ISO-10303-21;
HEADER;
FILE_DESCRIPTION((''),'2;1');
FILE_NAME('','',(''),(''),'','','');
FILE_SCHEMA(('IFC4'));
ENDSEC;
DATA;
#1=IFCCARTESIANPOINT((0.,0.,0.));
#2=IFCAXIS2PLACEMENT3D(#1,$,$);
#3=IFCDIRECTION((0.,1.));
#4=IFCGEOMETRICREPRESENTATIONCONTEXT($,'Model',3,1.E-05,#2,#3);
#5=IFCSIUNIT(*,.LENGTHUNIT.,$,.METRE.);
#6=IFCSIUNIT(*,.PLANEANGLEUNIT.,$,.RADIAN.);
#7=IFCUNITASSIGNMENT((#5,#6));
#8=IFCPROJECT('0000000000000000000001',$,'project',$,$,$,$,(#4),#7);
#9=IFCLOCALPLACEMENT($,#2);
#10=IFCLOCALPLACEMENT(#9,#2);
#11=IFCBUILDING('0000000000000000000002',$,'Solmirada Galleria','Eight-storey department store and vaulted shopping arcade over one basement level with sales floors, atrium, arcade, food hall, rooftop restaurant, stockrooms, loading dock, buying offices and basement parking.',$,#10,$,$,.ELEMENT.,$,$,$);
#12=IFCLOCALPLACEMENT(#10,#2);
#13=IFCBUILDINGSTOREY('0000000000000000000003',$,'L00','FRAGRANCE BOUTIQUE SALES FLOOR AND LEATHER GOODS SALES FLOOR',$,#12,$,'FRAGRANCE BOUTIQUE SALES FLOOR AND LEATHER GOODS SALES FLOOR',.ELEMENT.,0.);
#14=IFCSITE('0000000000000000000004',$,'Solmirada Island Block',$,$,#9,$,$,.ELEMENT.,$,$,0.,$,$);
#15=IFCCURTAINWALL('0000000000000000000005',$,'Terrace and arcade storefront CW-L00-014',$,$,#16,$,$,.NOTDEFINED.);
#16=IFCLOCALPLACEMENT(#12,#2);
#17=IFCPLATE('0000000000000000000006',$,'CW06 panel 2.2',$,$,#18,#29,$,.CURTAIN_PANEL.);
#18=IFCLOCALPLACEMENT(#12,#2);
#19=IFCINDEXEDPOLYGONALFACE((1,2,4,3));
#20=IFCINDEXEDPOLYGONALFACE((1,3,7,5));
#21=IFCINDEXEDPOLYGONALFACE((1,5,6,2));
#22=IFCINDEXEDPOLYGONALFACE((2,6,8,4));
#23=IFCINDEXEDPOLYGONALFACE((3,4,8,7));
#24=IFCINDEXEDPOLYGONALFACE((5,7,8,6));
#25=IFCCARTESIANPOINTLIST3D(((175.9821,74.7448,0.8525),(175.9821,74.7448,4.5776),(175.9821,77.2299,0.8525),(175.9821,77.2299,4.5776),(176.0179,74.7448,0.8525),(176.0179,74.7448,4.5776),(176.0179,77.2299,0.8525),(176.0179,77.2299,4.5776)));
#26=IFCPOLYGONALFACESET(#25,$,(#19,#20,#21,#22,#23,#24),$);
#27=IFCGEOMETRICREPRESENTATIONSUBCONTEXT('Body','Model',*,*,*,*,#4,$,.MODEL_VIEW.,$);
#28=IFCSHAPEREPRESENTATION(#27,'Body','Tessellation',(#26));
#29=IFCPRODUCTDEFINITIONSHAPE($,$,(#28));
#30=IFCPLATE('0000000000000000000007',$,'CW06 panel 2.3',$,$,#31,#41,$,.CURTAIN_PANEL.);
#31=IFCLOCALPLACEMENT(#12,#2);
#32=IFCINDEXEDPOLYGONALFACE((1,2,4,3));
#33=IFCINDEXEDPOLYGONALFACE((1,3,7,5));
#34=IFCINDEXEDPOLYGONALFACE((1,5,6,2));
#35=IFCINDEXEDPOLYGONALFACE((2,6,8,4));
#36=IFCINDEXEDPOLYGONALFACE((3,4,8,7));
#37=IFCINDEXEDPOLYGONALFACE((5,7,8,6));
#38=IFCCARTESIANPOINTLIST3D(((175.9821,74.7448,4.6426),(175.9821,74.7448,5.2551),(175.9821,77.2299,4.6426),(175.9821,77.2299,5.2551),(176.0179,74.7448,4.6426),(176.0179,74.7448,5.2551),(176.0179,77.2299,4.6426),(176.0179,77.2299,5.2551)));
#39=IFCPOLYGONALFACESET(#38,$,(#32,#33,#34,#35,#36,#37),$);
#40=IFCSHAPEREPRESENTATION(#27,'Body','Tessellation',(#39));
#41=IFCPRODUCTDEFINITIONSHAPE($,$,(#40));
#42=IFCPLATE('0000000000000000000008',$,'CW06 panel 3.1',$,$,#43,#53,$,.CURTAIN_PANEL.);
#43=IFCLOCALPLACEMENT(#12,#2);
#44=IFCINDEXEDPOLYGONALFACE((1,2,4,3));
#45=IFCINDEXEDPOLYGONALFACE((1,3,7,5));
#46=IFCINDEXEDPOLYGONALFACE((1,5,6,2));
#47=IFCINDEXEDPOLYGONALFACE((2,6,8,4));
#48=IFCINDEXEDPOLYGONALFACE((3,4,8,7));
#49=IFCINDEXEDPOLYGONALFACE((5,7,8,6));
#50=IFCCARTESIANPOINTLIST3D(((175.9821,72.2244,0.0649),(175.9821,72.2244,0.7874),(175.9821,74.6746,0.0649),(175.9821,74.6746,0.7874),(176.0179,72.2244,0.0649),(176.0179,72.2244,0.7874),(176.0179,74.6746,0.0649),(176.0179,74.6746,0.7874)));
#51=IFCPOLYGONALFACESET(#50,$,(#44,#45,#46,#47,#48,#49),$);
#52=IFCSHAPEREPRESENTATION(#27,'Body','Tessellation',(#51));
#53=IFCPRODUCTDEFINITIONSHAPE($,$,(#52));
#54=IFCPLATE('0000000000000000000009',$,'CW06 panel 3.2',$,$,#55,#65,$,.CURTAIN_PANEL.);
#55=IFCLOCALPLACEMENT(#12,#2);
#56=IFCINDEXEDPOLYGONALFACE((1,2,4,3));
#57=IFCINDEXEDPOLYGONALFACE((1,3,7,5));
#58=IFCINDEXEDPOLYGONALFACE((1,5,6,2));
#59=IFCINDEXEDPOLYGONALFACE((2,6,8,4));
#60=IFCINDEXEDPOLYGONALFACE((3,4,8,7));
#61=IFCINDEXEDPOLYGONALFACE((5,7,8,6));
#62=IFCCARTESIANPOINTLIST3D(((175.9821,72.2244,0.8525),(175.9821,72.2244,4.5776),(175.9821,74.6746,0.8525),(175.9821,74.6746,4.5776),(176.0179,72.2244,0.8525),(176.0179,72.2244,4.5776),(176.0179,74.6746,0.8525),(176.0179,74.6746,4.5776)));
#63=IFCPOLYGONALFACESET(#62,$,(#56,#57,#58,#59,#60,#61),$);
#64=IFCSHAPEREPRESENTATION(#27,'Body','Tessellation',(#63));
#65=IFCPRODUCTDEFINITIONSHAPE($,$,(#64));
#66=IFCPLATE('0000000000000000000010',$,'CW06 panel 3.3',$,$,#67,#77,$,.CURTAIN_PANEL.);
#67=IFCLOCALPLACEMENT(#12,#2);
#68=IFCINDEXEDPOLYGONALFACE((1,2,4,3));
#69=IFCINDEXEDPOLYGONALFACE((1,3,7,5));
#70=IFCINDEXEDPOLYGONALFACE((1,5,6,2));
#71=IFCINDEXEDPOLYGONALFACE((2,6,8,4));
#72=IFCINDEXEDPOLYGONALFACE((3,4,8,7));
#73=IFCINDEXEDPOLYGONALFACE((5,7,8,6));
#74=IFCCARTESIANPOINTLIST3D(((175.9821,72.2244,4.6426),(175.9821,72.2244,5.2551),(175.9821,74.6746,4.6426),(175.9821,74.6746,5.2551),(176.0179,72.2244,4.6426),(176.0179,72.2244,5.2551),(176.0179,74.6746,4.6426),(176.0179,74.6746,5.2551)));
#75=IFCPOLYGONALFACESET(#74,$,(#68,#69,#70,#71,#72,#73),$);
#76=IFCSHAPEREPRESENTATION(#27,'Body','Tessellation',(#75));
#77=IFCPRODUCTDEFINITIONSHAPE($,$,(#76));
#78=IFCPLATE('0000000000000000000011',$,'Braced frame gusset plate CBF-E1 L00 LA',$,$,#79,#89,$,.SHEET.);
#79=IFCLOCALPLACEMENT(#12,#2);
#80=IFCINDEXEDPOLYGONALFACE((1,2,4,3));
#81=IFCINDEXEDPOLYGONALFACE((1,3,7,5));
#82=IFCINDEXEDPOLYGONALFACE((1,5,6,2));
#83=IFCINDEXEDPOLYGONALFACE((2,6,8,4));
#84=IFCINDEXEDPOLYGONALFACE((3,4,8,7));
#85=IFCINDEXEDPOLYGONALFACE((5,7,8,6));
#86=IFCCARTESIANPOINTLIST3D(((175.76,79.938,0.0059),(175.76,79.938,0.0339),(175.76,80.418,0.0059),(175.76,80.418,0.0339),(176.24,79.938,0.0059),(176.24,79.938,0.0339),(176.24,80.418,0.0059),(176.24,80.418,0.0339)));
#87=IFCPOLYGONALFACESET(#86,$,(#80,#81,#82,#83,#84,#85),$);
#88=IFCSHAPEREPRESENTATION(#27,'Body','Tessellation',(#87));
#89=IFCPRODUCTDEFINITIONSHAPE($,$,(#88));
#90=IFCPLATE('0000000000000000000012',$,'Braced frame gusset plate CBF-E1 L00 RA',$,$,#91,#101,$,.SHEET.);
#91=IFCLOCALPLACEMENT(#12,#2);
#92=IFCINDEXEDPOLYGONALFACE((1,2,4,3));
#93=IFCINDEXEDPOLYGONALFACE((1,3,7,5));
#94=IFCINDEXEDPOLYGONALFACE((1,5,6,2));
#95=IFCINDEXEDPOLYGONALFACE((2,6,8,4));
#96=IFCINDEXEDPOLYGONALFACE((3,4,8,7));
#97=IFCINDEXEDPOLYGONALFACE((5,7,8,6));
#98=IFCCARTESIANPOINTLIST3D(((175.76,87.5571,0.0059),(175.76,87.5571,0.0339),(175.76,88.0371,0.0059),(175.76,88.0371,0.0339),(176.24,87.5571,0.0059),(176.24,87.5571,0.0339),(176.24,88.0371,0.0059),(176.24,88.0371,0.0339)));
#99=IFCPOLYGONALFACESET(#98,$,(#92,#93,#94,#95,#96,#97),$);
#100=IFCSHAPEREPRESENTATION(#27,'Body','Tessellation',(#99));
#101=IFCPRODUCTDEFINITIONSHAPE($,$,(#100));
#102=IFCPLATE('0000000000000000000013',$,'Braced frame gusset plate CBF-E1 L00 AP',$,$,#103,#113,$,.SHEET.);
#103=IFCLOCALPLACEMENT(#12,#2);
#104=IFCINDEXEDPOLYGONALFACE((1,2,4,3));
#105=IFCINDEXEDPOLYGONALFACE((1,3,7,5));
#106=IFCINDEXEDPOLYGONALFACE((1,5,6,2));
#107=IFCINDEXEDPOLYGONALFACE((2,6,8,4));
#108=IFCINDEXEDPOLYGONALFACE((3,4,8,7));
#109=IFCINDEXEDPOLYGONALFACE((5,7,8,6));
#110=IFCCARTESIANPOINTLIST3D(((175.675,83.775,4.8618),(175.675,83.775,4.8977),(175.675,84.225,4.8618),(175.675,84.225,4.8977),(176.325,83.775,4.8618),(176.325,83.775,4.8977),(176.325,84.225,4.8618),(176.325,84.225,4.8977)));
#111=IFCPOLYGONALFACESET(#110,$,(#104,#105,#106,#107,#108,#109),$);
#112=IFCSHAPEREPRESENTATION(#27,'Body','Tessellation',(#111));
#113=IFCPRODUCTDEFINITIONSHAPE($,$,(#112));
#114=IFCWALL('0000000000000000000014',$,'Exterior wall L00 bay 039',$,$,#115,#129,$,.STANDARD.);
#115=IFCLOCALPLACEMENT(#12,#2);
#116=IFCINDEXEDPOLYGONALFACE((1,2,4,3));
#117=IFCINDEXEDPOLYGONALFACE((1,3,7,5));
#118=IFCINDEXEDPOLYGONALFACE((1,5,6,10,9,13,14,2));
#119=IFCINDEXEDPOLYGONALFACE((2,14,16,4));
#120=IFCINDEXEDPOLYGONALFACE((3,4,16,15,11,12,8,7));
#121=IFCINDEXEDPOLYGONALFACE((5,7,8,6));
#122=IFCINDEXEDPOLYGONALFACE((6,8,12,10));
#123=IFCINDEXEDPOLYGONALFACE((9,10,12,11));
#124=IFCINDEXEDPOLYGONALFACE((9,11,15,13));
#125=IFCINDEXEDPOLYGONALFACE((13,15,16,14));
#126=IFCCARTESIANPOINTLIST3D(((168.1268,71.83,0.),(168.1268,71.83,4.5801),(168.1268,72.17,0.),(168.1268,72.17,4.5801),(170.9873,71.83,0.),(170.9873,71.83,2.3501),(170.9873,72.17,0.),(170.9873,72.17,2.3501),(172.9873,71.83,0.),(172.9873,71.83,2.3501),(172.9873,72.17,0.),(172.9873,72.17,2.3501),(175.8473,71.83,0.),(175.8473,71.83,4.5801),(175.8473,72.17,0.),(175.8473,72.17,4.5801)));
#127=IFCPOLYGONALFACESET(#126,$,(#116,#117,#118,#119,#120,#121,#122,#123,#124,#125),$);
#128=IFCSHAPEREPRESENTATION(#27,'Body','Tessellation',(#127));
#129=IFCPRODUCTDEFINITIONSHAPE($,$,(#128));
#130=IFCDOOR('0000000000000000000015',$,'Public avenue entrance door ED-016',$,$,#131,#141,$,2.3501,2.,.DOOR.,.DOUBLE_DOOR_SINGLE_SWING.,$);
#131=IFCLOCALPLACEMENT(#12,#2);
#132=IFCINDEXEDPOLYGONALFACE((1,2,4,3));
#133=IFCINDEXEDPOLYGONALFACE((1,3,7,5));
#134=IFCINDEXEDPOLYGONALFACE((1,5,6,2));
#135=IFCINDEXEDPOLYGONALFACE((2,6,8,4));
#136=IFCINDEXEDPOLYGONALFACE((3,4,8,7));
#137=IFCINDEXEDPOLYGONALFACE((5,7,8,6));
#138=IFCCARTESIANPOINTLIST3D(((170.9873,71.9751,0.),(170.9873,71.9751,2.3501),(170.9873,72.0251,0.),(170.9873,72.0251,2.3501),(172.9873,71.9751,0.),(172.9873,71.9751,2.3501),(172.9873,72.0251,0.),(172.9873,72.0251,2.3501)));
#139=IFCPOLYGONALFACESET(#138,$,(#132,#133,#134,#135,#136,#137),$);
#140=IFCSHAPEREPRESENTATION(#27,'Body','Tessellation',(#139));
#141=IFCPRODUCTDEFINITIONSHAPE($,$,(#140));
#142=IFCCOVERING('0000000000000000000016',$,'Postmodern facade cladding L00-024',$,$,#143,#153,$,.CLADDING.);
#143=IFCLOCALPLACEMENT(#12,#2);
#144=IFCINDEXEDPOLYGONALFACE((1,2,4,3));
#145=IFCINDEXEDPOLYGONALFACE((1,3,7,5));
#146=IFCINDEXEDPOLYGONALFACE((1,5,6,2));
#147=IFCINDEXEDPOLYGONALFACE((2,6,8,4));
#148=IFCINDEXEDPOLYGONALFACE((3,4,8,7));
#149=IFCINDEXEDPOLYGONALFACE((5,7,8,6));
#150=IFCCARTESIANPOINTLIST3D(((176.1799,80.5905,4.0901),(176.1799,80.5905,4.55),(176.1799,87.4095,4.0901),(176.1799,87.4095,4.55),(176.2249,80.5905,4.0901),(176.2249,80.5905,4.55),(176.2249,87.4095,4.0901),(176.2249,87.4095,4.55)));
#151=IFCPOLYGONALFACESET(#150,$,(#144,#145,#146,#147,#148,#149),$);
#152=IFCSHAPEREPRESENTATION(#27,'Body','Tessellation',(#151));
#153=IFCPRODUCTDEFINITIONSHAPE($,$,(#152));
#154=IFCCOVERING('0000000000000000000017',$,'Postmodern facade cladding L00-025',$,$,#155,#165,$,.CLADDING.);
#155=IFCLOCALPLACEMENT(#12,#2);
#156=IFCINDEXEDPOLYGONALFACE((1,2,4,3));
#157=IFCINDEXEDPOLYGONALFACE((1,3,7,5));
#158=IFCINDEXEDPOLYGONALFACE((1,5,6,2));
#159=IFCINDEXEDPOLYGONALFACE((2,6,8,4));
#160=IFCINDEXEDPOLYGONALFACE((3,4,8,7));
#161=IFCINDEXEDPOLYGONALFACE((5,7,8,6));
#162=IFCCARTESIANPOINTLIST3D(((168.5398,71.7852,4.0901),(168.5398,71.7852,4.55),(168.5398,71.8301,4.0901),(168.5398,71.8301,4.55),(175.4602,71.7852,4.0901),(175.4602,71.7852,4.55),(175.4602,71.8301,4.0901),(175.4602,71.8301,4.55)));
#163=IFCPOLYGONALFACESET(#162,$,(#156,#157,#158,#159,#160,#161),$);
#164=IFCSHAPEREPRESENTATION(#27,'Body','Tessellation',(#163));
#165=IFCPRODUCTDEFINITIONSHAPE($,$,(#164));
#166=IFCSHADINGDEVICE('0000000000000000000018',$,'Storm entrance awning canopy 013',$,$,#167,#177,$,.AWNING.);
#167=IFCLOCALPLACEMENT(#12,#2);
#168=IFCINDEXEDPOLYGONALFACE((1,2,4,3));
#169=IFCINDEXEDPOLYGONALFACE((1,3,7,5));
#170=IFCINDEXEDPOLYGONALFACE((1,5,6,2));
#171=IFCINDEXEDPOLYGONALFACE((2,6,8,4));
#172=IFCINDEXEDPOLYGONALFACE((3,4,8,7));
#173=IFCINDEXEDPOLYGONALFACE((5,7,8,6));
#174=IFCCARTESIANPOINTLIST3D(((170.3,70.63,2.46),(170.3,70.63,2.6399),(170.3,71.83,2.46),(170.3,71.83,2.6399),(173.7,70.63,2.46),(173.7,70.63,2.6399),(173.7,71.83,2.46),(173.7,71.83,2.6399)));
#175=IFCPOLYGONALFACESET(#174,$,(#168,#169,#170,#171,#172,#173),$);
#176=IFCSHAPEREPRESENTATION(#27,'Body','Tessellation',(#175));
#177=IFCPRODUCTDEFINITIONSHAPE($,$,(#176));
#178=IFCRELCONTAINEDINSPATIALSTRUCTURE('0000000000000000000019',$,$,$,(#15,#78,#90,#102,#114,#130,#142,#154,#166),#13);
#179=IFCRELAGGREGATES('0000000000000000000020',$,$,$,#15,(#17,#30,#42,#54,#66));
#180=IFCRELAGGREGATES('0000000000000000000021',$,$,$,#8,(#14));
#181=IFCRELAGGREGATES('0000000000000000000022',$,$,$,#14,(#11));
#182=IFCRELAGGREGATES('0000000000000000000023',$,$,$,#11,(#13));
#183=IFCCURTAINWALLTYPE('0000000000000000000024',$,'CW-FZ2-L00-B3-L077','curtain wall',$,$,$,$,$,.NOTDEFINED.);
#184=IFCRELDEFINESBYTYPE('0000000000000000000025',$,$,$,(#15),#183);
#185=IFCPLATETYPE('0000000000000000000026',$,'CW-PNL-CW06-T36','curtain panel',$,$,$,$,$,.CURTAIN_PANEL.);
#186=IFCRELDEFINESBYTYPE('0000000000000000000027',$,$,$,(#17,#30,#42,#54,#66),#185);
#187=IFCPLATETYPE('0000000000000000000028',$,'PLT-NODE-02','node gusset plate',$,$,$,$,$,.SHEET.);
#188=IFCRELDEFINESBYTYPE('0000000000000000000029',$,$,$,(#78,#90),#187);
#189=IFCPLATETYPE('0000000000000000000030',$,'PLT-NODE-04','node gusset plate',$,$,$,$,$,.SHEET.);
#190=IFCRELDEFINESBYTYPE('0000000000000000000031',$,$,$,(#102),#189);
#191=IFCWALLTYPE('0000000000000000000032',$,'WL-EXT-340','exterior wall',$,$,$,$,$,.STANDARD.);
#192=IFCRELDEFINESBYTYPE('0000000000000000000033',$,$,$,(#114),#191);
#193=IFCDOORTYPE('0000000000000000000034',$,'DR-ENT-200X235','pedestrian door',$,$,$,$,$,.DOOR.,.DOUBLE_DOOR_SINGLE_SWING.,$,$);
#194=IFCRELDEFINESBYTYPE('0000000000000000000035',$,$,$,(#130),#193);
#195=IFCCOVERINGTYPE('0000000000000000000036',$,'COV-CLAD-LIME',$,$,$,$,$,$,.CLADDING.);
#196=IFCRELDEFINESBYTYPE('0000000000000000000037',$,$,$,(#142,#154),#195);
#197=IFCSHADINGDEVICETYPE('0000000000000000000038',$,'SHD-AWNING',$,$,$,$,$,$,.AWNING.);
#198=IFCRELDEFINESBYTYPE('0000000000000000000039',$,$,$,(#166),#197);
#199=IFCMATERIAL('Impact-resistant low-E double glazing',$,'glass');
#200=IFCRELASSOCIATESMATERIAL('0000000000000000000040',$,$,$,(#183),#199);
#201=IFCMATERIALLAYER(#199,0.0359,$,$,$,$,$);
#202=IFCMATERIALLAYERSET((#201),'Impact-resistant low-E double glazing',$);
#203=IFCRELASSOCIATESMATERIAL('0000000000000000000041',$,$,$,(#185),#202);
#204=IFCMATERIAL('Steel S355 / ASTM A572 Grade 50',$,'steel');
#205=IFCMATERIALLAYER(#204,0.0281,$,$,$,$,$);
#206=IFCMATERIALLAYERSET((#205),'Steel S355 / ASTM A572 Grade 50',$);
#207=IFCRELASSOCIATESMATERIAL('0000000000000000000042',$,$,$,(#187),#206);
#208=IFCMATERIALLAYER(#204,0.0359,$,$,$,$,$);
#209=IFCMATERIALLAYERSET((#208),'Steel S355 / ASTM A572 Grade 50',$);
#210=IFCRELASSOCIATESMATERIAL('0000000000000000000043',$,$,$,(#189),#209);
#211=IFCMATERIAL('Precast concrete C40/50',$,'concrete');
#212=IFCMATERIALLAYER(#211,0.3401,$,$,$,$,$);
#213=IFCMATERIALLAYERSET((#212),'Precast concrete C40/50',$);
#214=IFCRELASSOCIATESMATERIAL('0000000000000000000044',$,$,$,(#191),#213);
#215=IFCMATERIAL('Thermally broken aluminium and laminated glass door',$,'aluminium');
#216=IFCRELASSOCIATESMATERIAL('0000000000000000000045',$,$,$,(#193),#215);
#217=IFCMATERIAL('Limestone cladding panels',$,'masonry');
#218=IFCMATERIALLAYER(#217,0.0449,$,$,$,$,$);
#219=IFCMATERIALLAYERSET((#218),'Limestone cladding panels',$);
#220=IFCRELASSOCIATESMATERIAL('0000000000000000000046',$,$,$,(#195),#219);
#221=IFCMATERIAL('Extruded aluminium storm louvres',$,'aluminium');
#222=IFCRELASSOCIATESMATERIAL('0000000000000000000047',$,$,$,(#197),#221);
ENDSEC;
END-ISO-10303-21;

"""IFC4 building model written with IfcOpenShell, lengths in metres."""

from ifc_helpers import new_model, si_unit, direction, frame, frame_2d, origin, origin_2d, place, context, subcontext, project, spatial, rectangle, extrude, material, layer, layer_set, type_object, element, fill, aggregate, save


model = new_model("IFC4")

# Units and contexts
model_context = context("Model", 3, precision=1e-05, world=origin(), true_north=direction((0.0, 1.0)))
body_context = subcontext(model_context, "Body", "Model", "MODEL_VIEW")
ifc_project = project(units=[si_unit("LENGTHUNIT", "METRE"), si_unit("PLANEANGLEUNIT", "RADIAN")], contexts=[model_context])

# Site, building, storey
site_placement = place(None, origin())
site = spatial("IfcSite", under=ifc_project, at=site_placement, Name="Solmirada Island Block", CompositionType="ELEMENT", RefElevation=0.0)
building_placement = place(site_placement, origin())
building = spatial("IfcBuilding", under=site, at=building_placement, Name="Solmirada Galleria", Description="Eight-storey department store and vaulted shopping arcade over one basement level with sales floors, atrium, arcade, food hall, rooftop restaurant, stockrooms, loading dock, buying offices and basement parking.", CompositionType="ELEMENT")
storey_placement = place(building_placement, origin())
storey = spatial("IfcBuildingStorey", under=building, at=storey_placement, Name="L00", Description="FRAGRANCE BOUTIQUE SALES FLOOR AND LEATHER GOODS SALES FLOOR", LongName="FRAGRANCE BOUTIQUE SALES FLOOR AND LEATHER GOODS SALES FLOOR", CompositionType="ELEMENT", Elevation=0.0)

# Curtain wall
ifc_material_1 = material(Name="Impact-resistant low-E double glazing", Category="glass")
curtain_wall_type = type_object("IfcCurtainWallType", Name="CW-FZ2-L00-B3-L077", Description="curtain wall", PredefinedType="NOTDEFINED", material=ifc_material_1)
curtain_wall_placement = place(storey_placement, origin())
curtain_wall = element("IfcCurtainWall", 1, at=curtain_wall_placement, inside=storey, type_object=curtain_wall_type, Name="Terrace and arcade storefront CW-L00-014", PredefinedType="NOTDEFINED")

# Plates
ifc_layer_1 = layer(ifc_material_1, 0.0359)
ifc_layer_set_1 = layer_set([ifc_layer_1], Name="Impact-resistant low-E double glazing")
plate_type_1 = type_object("IfcPlateType", Name="CW-PNL-CW06-T36", Description="curtain panel", PredefinedType="CURTAIN_PANEL", material=ifc_layer_set_1)
plate_1_placement = place(storey_placement, frame((176.0, 75.9873, 0.8525), z_axis=(0.0, 0.0, 1.0), x_axis=(0.0, -1.0, 0.0)))
plate_1 = element("IfcPlate", 2, at=plate_1_placement, type_object=plate_type_1, Name="CW06 panel 2.2", PredefinedType="CURTAIN_PANEL", context=body_context, shape_type="SweptSolid", body=[
    extrude(rectangle(XDim=2.4851, YDim=0.0359, at=origin_2d()), origin(), (0.0, 0.0, 1.0), 3.7251),
])
plate_2_placement = place(storey_placement, frame((176.0, 75.9873, 4.6426), z_axis=(0.0, 0.0, 1.0), x_axis=(0.0, -1.0, 0.0)))
plate_2 = element("IfcPlate", 3, at=plate_2_placement, type_object=plate_type_1, Name="CW06 panel 2.3", PredefinedType="CURTAIN_PANEL", context=body_context, shape_type="SweptSolid", body=[
    extrude(rectangle(XDim=2.4851, YDim=0.0359, at=origin_2d()), origin(), (0.0, 0.0, 1.0), 0.6125),
])
plate_3_placement = place(storey_placement, frame((176.0, 73.4495, 0.0649), z_axis=(0.0, 0.0, 1.0), x_axis=(0.0, -1.0, 0.0)))
plate_3 = element("IfcPlate", 4, at=plate_3_placement, type_object=plate_type_1, Name="CW06 panel 3.1", PredefinedType="CURTAIN_PANEL", context=body_context, shape_type="SweptSolid", body=[
    extrude(rectangle(XDim=2.4502, YDim=0.0359, at=origin_2d()), origin(), (0.0, 0.0, 1.0), 0.7224),
])
plate_4_placement = place(storey_placement, frame((176.0, 73.4495, 0.8525), z_axis=(0.0, 0.0, 1.0), x_axis=(0.0, -1.0, 0.0)))
plate_4 = element("IfcPlate", 5, at=plate_4_placement, type_object=plate_type_1, Name="CW06 panel 3.2", PredefinedType="CURTAIN_PANEL", context=body_context, shape_type="SweptSolid", body=[
    extrude(rectangle(XDim=2.4502, YDim=0.0359, at=origin_2d()), origin(), (0.0, 0.0, 1.0), 3.7251),
])
plate_5_placement = place(storey_placement, frame((176.0, 73.4495, 4.6426), z_axis=(0.0, 0.0, 1.0), x_axis=(0.0, -1.0, 0.0)))
plate_5 = element("IfcPlate", 6, at=plate_5_placement, type_object=plate_type_1, Name="CW06 panel 3.3", PredefinedType="CURTAIN_PANEL", context=body_context, shape_type="SweptSolid", body=[
    extrude(rectangle(XDim=2.4502, YDim=0.0359, at=origin_2d()), origin(), (0.0, 0.0, 1.0), 0.6125),
])
aggregate(curtain_wall, [plate_1, plate_2, plate_3, plate_4, plate_5])

# Plates
ifc_material_2 = material(Name="Steel S355 / ASTM A572 Grade 50", Category="steel")
ifc_layer_2 = layer(ifc_material_2, 0.0281)
ifc_layer_set_2 = layer_set([ifc_layer_2], Name="Steel S355 / ASTM A572 Grade 50")
plate_type_2 = type_object("IfcPlateType", Name="PLT-NODE-02", Description="node gusset plate", PredefinedType="SHEET", material=ifc_layer_set_2)
for number, where, z_axis, x_axis, name in (
    (7, (176.0, 80.178, 0.0059), (0.0, 0.0, 1.0), (1.0, 0.0, 0.0), "Braced frame gusset plate CBF-E1 L00 LA"),
    (8, (176.0, 87.7971, 0.0059), (0.0, 0.0, 1.0), (1.0, 0.0, 0.0), "Braced frame gusset plate CBF-E1 L00 RA"),
):
    element("IfcPlate", number, at=place(storey_placement, frame(where, z_axis=z_axis, x_axis=x_axis)), inside=storey, type_object=plate_type_2, Name=name, PredefinedType="SHEET", context=body_context, shape_type="SweptSolid", body=[
        extrude(rectangle(XDim=0.48, YDim=0.48, at=origin_2d()), origin(), (0.0, 0.0, 1.0), 0.0281),
    ])
ifc_layer_3 = layer(ifc_material_2, 0.0359)
ifc_layer_set_3 = layer_set([ifc_layer_3], Name="Steel S355 / ASTM A572 Grade 50")
plate_type_3 = type_object("IfcPlateType", Name="PLT-NODE-04", Description="node gusset plate", PredefinedType="SHEET", material=ifc_layer_set_3)
plate_6_placement = place(storey_placement, frame((176.0, 84.0, 4.8618), z_axis=(0.0, 0.0, 1.0), x_axis=(1.0, 0.0, 0.0)))
element("IfcPlate", 9, at=plate_6_placement, inside=storey, type_object=plate_type_3, Name="Braced frame gusset plate CBF-E1 L00 AP", PredefinedType="SHEET", context=body_context, shape_type="SweptSolid", body=[
    extrude(rectangle(XDim=0.6499, YDim=0.45, at=origin_2d()), origin(), (0.0, 0.0, 1.0), 0.0359),
])

# Wall, opening, door
ifc_material_3 = material(Name="Precast concrete C40/50", Category="concrete")
ifc_layer_4 = layer(ifc_material_3, 0.3401)
ifc_layer_set_4 = layer_set([ifc_layer_4], Name="Precast concrete C40/50")
wall_type = type_object("IfcWallType", Name="WL-EXT-340", Description="exterior wall", PredefinedType="STANDARD", material=ifc_layer_set_4)
wall_placement = place(storey_placement, frame((175.8474, 72.0, 0.0), z_axis=(0.0, 0.0, 1.0), x_axis=(-1.0, 0.0, 0.0)))
wall = element("IfcWall", 10, at=wall_placement, inside=storey, type_object=wall_type, Name="Exterior wall L00 bay 039", PredefinedType="STANDARD", context=body_context, shape_type="SweptSolid", body=[
    extrude(rectangle(XDim=7.7205, YDim=0.3401, at=frame_2d((3.8604, 0.0))), origin(), (0.0, 0.0, 1.0), 4.5801),
])
opening_placement = place(wall_placement, frame((2.8601, 0.0, 0.0)))
opening = element("IfcOpeningElement", 11, at=opening_placement, cuts=wall, PredefinedType="OPENING", context=body_context, shape_type="SweptSolid", body=[
    extrude(rectangle(XDim=2.0, YDim=2.3501, at=frame_2d((1.0, 1.175))), frame((0.0, 0.1799, 0.0), z_axis=(0.0, -1.0, 0.0), x_axis=(1.0, 0.0, 0.0)), (0.0, 0.0, 1.0), 0.3601),
])
ifc_material_4 = material(Name="Thermally broken aluminium and laminated glass door", Category="aluminium")
door_type = type_object("IfcDoorType", Name="DR-ENT-200X235", Description="pedestrian door", OperationType="DOUBLE_DOOR_SINGLE_SWING", PredefinedType="DOOR", material=ifc_material_4)
door_placement = place(opening_placement, origin())
door = element("IfcDoor", 12, at=door_placement, inside=storey, type_object=door_type, Name="Public avenue entrance door ED-016", OperationType="DOUBLE_DOOR_SINGLE_SWING", OverallHeight=2.3501, OverallWidth=2.0, PredefinedType="DOOR", context=body_context, shape_type="SweptSolid", body=[
    extrude(rectangle(XDim=2.0, YDim=2.3501, at=frame_2d((1.0, 1.175))), frame((0.0, 0.0249, 0.0), z_axis=(0.0, -1.0, 0.0), x_axis=(1.0, 0.0, 0.0)), (0.0, 0.0, 1.0), 0.05),
])
fill(opening, door)

# Coverings
ifc_material_5 = material(Name="Limestone cladding panels", Category="masonry")
ifc_layer_5 = layer(ifc_material_5, 0.0449)
ifc_layer_set_5 = layer_set([ifc_layer_5], Name="Limestone cladding panels")
covering_type = type_object("IfcCoveringType", Name="COV-CLAD-LIME", PredefinedType="CLADDING", material=ifc_layer_set_5)
covering_1_placement = place(storey_placement, frame((176.2024, 84.0, 4.0901), z_axis=(0.0, 0.0, 1.0), x_axis=(0.0, -1.0, 0.0)))
element("IfcCovering", 13, at=covering_1_placement, inside=storey, type_object=covering_type, Name="Postmodern facade cladding L00-024", PredefinedType="CLADDING", context=body_context, shape_type="SweptSolid", body=[
    extrude(rectangle(XDim=6.8191, YDim=0.0449, at=origin_2d()), origin(), (0.0, 0.0, 1.0), 0.46),
])
covering_2_placement = place(storey_placement, frame((172.0, 71.8076, 4.0901), z_axis=(0.0, 0.0, 1.0), x_axis=(-1.0, 0.0, 0.0)))
element("IfcCovering", 14, at=covering_2_placement, inside=storey, type_object=covering_type, Name="Postmodern facade cladding L00-025", PredefinedType="CLADDING", context=body_context, shape_type="SweptSolid", body=[
    extrude(rectangle(XDim=6.9204, YDim=0.0449, at=origin_2d()), origin(), (0.0, 0.0, 1.0), 0.46),
])

# Shading device
ifc_material_6 = material(Name="Extruded aluminium storm louvres", Category="aluminium")
shading_device_type = type_object("IfcShadingDeviceType", Name="SHD-AWNING", PredefinedType="AWNING", material=ifc_material_6)
shading_device_placement = place(storey_placement, frame((172.0, 71.23, 2.46), z_axis=(0.0, 0.0, 1.0), x_axis=(-1.0, 0.0, 0.0)))
element("IfcShadingDevice", 15, at=shading_device_placement, inside=storey, type_object=shading_device_type, Name="Storm entrance awning canopy 013", PredefinedType="AWNING", context=body_context, shape_type="SweptSolid", body=[
    extrude(rectangle(XDim=3.3999, YDim=1.2, at=origin_2d()), origin(), (0.0, 0.0, 1.0), 0.1799),
])

save(model, "model.ifc")
